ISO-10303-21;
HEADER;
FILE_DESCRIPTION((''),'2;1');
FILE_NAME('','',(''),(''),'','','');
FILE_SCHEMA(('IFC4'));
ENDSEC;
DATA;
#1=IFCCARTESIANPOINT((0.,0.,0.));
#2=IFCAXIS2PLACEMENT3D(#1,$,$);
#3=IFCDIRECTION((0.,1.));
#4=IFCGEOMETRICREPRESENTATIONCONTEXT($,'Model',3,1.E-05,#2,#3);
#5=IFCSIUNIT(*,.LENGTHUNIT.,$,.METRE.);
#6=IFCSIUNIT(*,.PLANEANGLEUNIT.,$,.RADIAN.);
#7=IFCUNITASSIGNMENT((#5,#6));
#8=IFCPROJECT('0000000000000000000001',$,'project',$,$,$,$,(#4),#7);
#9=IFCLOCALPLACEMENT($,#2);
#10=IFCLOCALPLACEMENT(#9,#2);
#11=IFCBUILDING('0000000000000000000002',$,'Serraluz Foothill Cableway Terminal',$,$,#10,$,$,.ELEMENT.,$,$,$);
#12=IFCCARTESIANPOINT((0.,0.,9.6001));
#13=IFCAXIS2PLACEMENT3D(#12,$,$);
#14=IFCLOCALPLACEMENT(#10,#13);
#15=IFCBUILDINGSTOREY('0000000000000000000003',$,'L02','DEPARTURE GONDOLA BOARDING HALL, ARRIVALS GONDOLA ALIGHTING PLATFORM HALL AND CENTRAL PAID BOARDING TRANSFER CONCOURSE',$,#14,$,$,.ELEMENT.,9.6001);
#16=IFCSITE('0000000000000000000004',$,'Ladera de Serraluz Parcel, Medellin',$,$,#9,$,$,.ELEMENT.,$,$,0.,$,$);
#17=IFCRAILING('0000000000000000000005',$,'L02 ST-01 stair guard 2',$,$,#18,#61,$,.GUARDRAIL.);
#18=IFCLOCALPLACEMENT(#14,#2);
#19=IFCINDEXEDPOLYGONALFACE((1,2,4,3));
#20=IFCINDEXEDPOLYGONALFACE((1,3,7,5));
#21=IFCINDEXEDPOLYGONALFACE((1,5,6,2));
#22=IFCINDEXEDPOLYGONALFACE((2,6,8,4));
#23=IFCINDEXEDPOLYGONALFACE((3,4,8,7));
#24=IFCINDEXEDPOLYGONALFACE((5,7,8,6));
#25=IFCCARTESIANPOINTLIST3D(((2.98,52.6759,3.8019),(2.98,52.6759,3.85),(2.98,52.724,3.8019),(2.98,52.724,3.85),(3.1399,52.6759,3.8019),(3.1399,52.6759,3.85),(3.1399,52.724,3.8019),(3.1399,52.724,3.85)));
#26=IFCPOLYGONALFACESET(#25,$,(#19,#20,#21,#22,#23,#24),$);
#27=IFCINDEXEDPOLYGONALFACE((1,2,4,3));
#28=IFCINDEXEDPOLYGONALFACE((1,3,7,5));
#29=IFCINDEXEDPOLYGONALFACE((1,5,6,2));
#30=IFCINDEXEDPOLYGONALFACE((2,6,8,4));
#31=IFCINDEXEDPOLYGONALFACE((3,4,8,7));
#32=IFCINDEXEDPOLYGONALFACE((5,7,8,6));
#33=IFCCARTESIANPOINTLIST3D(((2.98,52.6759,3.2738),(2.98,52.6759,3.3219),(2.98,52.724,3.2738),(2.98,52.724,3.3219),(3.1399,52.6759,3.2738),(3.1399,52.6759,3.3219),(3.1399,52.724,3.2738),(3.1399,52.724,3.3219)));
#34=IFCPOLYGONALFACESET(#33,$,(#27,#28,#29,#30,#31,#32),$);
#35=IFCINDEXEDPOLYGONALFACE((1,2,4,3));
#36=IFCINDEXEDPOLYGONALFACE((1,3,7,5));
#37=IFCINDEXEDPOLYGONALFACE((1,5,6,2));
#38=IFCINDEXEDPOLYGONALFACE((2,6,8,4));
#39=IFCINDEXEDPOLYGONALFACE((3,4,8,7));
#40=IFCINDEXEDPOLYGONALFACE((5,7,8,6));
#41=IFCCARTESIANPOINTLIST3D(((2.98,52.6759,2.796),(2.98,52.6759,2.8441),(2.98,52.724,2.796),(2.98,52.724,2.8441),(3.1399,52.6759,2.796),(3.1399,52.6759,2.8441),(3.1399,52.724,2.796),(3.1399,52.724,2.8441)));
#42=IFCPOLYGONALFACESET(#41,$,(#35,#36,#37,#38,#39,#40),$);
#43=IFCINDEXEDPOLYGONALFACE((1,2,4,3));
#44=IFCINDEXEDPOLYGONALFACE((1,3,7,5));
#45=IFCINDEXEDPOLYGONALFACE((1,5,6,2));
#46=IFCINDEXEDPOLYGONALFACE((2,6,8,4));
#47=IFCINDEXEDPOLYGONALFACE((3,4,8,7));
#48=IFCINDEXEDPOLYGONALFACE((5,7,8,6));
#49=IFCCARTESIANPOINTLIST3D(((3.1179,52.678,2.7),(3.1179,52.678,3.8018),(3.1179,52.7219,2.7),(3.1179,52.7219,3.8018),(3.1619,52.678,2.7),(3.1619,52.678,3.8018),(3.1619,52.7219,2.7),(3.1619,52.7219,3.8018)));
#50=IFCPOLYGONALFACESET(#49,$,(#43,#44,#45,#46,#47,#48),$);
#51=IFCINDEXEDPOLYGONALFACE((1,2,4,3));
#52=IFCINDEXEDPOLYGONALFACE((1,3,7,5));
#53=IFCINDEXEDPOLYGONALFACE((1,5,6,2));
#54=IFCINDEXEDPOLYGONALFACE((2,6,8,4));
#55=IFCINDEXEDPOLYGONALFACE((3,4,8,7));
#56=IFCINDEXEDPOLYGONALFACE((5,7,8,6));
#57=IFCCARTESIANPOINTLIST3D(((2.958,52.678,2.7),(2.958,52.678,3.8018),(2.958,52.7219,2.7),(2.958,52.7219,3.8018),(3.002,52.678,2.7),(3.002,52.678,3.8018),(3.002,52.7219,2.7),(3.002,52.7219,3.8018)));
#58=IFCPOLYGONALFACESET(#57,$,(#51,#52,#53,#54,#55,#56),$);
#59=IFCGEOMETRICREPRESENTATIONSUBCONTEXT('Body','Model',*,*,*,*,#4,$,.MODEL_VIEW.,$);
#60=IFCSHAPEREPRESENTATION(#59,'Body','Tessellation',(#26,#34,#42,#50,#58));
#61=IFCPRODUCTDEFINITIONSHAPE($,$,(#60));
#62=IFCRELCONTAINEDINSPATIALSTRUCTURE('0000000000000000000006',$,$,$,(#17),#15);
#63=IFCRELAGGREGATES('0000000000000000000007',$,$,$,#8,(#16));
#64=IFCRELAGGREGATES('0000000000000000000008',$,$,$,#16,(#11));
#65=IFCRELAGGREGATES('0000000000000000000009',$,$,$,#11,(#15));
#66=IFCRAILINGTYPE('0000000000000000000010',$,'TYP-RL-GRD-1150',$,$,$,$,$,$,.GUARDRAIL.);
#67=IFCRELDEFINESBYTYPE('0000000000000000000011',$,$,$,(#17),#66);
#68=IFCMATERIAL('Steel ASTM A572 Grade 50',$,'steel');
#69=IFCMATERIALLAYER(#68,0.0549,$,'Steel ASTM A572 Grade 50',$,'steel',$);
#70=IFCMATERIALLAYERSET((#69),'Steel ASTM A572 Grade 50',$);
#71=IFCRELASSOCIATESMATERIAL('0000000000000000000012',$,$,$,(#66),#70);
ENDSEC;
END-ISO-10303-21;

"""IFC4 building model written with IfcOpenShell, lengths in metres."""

from ifc_helpers import new_model, si_unit, direction, frame, origin, origin_2d, place, context, subcontext, project, spatial, rectangle, extrude, material, layer, layer_set, type_object, element, save


model = new_model("IFC4")

# Units and contexts
model_context = context("Model", 3, precision=1e-05, world=origin(), true_north=direction((0.0, 1.0)))
body_context = subcontext(model_context, "Body", "Model", "MODEL_VIEW")
ifc_project = project(units=[si_unit("LENGTHUNIT", "METRE"), si_unit("PLANEANGLEUNIT", "RADIAN")], contexts=[model_context])

# Site, building, storey
site_placement = place(None, origin())
site = spatial("IfcSite", under=ifc_project, at=site_placement, Name="Ladera de Serraluz Parcel, Medellin", CompositionType="ELEMENT", RefElevation=0.0)
building_placement = place(site_placement, origin())
building = spatial("IfcBuilding", under=site, at=building_placement, Name="Serraluz Foothill Cableway Terminal", CompositionType="ELEMENT")
storey_placement = place(building_placement, frame((0.0, 0.0, 9.6001)))
storey = spatial("IfcBuildingStorey", under=building, at=storey_placement, Name="L02", Description="DEPARTURE GONDOLA BOARDING HALL, ARRIVALS GONDOLA ALIGHTING PLATFORM HALL AND CENTRAL PAID BOARDING TRANSFER CONCOURSE", CompositionType="ELEMENT", Elevation=9.6001)

# Railing
ifc_material_1 = material(Name="Steel ASTM A572 Grade 50", Category="steel")
ifc_layer_1 = layer(ifc_material_1, 0.0549, Name="Steel ASTM A572 Grade 50", Category="steel")
ifc_layer_set_1 = layer_set([ifc_layer_1], Name="Steel ASTM A572 Grade 50")
railing_type_1 = type_object("IfcRailingType", Name="TYP-RL-GRD-1150", PredefinedType="GUARDRAIL", material=ifc_layer_set_1)
railing_1_placement = place(storey_placement, frame((3.1399, 52.7, 2.7)))
element("IfcRailing", 1, at=railing_1_placement, inside=storey, type_object=railing_type_1, Name="L02 ST-01 stair guard 2", PredefinedType="GUARDRAIL", context=body_context, shape_type="SweptSolid", body=[
    extrude(rectangle(XDim=0.0481, YDim=0.0481, at=origin_2d()), frame((0.0, 0.0, 1.126), z_axis=(-1.0, 0.0, 0.0), x_axis=(0.0, -1.0, 0.0)), (0.0, 0.0, 1.0), 0.1599),
    extrude(rectangle(XDim=0.0481, YDim=0.0481, at=origin_2d()), frame((0.0, 0.0, 0.5979), z_axis=(-1.0, 0.0, 0.0), x_axis=(0.0, -1.0, 0.0)), (0.0, 0.0, 1.0), 0.1599),
    extrude(rectangle(XDim=0.0481, YDim=0.0481, at=origin_2d()), frame((0.0, 0.0, 0.1201), z_axis=(-1.0, 0.0, 0.0), x_axis=(0.0, -1.0, 0.0)), (0.0, 0.0, 1.0), 0.1599),
    extrude(rectangle(XDim=0.0439, YDim=0.0439, at=origin_2d()), origin(), (0.0, 0.0, 1.0), 1.1018),
    extrude(rectangle(XDim=0.0439, YDim=0.0439, at=origin_2d()), frame((-0.1599, 0.0, 0.0)), (0.0, 0.0, 1.0), 1.1018),
])

save(model, "model.ifc")
